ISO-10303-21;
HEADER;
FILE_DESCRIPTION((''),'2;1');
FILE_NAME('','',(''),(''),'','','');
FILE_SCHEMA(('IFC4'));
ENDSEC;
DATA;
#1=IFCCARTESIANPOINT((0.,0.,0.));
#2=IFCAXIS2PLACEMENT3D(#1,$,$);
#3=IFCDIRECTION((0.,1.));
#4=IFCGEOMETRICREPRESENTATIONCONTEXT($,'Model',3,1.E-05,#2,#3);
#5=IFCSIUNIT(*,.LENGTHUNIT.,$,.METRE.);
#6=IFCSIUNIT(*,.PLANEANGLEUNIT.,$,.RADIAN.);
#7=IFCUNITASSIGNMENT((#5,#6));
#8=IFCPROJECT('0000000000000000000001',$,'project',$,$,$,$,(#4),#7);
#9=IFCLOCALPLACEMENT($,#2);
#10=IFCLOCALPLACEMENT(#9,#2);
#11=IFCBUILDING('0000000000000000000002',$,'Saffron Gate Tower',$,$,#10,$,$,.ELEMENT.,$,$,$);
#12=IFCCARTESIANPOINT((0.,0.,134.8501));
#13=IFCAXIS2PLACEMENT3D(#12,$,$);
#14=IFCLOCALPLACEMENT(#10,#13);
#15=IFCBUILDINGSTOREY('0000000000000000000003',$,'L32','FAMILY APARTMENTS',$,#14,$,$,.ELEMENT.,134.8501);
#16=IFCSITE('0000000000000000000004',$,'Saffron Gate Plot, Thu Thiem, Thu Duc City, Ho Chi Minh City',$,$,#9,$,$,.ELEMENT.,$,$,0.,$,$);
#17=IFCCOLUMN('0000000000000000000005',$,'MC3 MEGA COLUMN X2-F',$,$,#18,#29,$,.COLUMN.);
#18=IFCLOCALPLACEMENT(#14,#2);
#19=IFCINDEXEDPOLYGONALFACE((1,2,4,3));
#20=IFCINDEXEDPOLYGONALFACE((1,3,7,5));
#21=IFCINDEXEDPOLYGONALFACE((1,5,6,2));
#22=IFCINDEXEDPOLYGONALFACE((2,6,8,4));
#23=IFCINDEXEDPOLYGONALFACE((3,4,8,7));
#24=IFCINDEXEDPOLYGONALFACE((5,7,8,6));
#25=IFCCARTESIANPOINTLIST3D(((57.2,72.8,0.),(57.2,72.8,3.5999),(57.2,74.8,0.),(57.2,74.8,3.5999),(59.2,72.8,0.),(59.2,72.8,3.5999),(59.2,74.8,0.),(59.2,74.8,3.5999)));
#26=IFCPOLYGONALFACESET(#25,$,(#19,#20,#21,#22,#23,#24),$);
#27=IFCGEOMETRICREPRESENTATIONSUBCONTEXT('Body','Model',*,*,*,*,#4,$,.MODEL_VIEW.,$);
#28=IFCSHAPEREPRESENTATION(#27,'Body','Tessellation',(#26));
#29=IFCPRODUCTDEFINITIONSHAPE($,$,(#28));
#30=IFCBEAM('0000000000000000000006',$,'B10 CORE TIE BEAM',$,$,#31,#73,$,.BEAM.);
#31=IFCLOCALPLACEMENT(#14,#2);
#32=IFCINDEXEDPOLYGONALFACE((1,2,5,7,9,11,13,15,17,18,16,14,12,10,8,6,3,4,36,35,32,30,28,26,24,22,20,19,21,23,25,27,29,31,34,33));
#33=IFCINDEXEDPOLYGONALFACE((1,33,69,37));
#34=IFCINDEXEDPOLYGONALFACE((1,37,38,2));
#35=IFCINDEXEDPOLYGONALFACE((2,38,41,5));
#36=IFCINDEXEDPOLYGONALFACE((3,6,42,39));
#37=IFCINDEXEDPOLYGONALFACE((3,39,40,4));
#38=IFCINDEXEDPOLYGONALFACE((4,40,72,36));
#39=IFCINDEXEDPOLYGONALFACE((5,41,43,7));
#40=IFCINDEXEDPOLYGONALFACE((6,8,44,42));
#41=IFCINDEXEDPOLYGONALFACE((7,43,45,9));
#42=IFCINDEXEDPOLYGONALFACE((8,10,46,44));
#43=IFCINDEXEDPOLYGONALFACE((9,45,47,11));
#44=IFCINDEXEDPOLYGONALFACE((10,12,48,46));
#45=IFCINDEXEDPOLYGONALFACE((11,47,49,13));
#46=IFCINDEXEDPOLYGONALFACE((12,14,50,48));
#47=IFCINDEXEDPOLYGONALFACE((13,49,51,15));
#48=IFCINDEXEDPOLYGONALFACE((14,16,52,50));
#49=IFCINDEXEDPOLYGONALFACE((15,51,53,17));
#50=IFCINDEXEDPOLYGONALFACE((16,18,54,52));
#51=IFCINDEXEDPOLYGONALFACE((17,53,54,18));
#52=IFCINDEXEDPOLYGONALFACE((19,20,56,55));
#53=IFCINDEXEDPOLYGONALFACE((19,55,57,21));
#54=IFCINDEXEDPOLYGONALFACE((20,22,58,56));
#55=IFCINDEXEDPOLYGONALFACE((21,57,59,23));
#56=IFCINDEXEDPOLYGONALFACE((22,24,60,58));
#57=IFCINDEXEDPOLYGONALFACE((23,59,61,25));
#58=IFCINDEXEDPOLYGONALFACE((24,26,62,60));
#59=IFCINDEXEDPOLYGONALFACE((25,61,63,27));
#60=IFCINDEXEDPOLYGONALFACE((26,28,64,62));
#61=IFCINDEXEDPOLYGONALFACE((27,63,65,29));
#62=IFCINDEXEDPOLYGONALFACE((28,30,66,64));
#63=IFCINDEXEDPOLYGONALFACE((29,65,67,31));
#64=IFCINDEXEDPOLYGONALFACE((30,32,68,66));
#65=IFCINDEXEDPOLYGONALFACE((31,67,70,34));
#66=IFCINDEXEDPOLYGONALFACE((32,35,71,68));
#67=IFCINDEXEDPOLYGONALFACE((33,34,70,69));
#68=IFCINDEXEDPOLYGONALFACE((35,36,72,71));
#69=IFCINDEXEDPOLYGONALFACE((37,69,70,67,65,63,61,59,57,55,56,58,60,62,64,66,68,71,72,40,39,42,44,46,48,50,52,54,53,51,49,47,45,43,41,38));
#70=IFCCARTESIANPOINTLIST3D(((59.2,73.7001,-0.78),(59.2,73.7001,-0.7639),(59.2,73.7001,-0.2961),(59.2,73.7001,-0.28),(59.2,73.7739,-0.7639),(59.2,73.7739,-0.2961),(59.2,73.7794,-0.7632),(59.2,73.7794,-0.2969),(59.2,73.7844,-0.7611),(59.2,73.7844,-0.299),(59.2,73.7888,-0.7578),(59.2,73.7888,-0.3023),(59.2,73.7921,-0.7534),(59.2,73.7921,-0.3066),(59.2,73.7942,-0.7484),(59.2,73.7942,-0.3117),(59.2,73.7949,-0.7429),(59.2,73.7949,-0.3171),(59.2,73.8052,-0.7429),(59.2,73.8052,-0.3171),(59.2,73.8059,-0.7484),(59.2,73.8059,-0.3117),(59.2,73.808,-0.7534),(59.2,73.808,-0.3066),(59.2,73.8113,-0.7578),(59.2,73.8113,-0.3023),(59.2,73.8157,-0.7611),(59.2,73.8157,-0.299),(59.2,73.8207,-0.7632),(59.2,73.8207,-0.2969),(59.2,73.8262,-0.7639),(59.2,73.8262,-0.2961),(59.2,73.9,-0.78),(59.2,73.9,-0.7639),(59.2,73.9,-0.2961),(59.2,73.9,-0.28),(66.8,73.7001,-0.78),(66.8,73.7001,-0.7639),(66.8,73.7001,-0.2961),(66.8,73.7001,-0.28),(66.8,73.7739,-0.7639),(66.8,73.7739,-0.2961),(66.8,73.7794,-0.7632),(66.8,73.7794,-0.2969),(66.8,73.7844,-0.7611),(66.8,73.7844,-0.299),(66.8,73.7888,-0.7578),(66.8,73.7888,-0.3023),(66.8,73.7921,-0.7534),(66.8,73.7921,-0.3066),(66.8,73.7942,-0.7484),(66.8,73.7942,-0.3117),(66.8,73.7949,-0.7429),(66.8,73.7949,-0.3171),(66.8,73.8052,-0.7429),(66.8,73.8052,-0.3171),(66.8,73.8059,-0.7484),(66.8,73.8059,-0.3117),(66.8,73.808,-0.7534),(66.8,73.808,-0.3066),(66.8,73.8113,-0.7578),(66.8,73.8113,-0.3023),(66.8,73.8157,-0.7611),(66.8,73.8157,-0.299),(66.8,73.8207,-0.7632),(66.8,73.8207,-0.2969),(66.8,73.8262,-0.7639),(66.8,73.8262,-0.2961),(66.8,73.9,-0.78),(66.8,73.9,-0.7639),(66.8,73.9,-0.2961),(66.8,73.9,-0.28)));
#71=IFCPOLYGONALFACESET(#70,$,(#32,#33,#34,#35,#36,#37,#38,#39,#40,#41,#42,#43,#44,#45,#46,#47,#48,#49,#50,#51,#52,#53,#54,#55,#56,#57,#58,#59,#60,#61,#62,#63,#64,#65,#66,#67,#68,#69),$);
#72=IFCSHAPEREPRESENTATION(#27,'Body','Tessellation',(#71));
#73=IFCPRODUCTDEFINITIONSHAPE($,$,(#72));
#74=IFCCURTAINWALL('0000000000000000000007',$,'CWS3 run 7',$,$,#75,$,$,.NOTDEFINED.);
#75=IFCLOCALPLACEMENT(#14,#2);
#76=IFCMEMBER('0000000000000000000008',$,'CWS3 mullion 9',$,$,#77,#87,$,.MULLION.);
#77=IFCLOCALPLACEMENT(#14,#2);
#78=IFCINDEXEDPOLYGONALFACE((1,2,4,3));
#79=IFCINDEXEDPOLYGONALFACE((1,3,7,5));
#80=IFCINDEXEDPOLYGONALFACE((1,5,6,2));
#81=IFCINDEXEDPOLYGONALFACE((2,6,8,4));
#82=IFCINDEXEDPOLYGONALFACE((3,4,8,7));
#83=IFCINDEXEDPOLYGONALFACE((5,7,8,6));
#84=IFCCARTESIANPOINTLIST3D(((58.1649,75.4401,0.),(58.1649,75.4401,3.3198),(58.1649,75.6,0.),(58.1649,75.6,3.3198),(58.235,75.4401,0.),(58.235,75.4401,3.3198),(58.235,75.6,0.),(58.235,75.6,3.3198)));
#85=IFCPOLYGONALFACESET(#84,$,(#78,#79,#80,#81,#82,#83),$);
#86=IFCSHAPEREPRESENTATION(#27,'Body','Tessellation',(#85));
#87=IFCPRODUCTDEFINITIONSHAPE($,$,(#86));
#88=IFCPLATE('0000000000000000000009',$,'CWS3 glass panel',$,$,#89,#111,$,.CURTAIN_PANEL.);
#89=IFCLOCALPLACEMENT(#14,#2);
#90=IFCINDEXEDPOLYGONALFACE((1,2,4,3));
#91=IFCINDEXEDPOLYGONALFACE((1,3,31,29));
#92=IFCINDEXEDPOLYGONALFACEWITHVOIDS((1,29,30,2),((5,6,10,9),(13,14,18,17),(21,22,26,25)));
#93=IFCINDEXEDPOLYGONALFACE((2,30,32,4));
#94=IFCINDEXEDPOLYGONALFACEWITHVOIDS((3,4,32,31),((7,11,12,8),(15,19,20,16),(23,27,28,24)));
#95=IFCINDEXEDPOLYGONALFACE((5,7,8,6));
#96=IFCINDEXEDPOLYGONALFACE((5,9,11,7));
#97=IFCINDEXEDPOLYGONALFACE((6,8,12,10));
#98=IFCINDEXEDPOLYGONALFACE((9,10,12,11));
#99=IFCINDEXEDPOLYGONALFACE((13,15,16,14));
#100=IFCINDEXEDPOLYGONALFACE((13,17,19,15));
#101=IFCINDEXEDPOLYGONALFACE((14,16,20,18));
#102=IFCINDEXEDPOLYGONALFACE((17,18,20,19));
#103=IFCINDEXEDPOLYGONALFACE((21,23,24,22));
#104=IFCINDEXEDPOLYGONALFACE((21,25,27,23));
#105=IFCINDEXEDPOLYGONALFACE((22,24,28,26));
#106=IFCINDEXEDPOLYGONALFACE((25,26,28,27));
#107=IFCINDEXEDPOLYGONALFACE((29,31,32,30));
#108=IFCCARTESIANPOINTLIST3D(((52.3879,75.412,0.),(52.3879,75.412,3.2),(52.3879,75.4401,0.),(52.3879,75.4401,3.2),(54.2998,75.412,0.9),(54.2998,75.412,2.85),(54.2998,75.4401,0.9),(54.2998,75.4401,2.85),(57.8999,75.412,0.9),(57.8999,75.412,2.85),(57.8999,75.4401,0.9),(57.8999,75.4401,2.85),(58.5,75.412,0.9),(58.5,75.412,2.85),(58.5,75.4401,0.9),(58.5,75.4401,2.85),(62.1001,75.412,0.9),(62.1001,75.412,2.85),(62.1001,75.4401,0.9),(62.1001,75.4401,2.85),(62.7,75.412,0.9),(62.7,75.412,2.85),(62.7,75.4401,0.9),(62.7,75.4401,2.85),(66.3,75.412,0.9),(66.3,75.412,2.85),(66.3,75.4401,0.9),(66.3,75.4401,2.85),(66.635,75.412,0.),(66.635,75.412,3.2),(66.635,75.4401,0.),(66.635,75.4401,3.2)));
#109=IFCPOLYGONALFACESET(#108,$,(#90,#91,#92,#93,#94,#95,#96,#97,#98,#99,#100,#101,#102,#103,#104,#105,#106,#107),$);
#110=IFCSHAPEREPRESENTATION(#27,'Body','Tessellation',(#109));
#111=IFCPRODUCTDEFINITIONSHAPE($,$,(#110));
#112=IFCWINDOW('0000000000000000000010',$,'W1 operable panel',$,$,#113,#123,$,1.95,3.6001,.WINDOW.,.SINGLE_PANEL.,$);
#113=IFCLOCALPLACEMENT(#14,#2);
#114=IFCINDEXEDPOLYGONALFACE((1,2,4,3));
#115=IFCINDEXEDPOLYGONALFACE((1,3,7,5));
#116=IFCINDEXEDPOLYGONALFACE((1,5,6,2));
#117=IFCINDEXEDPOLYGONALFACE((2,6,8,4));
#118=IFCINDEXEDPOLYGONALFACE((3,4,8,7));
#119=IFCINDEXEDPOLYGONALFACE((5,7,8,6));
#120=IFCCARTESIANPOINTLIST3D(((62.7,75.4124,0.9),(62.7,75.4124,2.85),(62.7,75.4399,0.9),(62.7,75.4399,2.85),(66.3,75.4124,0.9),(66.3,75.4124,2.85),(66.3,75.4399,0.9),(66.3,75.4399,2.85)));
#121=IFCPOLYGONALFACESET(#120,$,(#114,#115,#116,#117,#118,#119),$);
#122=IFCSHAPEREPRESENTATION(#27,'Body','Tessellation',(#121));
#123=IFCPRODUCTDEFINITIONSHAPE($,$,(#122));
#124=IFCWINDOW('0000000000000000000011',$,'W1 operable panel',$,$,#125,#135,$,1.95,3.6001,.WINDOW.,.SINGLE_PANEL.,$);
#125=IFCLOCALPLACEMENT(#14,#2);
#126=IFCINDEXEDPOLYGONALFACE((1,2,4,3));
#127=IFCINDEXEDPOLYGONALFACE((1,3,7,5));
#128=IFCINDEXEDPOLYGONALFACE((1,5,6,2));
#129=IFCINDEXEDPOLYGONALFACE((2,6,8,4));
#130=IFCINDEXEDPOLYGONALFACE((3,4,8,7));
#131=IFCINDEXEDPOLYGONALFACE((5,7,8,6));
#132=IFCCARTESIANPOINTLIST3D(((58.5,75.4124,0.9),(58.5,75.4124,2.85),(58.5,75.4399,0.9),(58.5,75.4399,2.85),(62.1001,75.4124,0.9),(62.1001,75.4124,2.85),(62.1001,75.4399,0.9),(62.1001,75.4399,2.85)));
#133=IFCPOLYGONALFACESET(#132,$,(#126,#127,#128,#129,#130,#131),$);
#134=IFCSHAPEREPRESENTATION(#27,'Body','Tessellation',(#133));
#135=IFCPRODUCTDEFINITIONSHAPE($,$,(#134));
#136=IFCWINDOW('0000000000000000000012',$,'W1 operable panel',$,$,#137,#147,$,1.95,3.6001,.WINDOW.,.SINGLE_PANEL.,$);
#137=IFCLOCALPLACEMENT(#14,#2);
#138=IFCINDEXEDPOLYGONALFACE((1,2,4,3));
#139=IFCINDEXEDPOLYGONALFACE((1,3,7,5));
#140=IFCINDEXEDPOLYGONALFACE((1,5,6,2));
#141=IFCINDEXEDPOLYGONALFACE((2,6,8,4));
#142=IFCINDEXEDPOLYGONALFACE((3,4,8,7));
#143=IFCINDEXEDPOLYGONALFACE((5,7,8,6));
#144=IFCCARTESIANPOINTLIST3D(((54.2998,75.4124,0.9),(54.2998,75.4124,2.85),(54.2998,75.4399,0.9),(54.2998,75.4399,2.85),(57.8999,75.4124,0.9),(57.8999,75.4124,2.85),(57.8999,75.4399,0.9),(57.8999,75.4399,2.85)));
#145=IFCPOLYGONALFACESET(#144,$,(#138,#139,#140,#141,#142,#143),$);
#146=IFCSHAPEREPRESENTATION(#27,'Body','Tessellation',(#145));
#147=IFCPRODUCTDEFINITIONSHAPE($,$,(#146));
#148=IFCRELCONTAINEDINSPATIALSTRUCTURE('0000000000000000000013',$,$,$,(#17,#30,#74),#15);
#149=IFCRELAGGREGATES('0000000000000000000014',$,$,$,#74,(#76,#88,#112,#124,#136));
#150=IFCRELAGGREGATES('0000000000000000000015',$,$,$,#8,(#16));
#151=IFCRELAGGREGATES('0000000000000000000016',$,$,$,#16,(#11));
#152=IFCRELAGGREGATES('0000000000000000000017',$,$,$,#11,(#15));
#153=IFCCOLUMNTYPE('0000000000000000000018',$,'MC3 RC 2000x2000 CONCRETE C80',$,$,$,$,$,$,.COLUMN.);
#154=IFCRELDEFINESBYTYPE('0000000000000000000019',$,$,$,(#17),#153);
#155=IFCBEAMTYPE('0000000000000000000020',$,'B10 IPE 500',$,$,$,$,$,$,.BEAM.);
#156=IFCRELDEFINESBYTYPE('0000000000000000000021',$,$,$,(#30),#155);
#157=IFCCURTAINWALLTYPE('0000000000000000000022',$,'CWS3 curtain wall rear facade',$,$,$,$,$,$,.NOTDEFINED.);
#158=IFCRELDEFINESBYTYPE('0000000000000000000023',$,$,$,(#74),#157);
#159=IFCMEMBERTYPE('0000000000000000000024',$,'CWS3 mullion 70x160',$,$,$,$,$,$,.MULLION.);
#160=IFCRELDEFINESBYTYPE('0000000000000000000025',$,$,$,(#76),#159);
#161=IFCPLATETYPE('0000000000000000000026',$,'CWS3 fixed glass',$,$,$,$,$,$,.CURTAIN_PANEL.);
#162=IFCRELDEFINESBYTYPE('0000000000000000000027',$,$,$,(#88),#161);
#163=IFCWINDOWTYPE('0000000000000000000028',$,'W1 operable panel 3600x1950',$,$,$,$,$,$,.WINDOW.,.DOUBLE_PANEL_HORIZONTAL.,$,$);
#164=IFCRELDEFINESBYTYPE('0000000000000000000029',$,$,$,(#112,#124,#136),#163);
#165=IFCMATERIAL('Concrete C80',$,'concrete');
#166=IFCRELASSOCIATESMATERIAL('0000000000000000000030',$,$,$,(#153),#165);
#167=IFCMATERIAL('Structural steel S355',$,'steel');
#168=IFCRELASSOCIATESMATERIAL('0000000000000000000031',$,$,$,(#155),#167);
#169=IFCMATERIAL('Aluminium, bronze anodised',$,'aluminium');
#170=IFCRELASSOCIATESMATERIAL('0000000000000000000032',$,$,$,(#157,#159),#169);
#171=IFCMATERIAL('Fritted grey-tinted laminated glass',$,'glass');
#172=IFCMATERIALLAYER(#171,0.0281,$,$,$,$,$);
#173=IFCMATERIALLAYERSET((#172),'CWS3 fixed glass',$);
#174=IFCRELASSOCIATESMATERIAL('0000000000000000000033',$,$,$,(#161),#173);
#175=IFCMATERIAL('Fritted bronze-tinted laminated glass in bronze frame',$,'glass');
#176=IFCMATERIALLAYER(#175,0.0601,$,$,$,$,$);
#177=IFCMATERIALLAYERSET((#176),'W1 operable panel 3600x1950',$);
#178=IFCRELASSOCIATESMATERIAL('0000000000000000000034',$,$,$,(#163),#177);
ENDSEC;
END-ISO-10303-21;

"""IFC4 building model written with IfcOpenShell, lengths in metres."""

from ifc_helpers import new_model, si_unit, direction, frame, frame_2d, origin, origin_2d, place, context, subcontext, project, spatial, rectangle, i_section, extrude, material, layer, layer_set, material_profile, profile_set, type_object, element, fill, aggregate, save


model = new_model("IFC4")

# Units and contexts
model_context = context("Model", 3, precision=1e-05, world=origin(), true_north=direction((0.0, 1.0)))
body_context = subcontext(model_context, "Body", "Model", "MODEL_VIEW")
ifc_project = project(units=[si_unit("LENGTHUNIT", "METRE"), si_unit("PLANEANGLEUNIT", "RADIAN")], contexts=[model_context])

# Site, building, storey
site_placement = place(None, origin())
site = spatial("IfcSite", under=ifc_project, at=site_placement, Name="Saffron Gate Plot, Thu Thiem, Thu Duc City, Ho Chi Minh City", CompositionType="ELEMENT", RefElevation=0.0)
building_placement = place(site_placement, origin())
building = spatial("IfcBuilding", under=site, at=building_placement, Name="Saffron Gate Tower", CompositionType="ELEMENT")
storey_placement = place(building_placement, frame((0.0, 0.0, 134.8501)))
storey = spatial("IfcBuildingStorey", under=building, at=storey_placement, Name="L32", Description="FAMILY APARTMENTS", CompositionType="ELEMENT", Elevation=134.8501)

# Column
ifc_material_1 = material(Name="Concrete C80", Category="concrete")
ifc_material_profile_1 = material_profile(ifc_material_1, rectangle(XDim=2.0, YDim=2.0, at=origin_2d()))
ifc_profile_set_1 = profile_set([ifc_material_profile_1], Name="Concrete C80")
column_type = type_object("IfcColumnType", Name="MC3 RC 2000x2000 CONCRETE C80", PredefinedType="COLUMN", material=ifc_profile_set_1)
column_placement = place(storey_placement, frame((58.2, 73.8, 0.0), z_axis=(0.0, 0.0, 1.0), x_axis=(1.0, 0.0, 0.0)))
element("IfcColumn", 1, at=column_placement, inside=storey, type_object=column_type, Name="MC3 MEGA COLUMN X2-F", PredefinedType="COLUMN", context=body_context, shape_type="SweptSolid", body=[
    extrude(rectangle(XDim=2.0, YDim=2.0, at=origin_2d()), origin(), (0.0, 0.0, 1.0), 3.5999),
])

# Beam
ifc_material_2 = material(Name="Structural steel S355", Category="steel")
ifc_material_profile_2 = material_profile(ifc_material_2, i_section(OverallWidth=0.2, OverallDepth=0.5, WebThickness=0.0103, FlangeThickness=0.0161, FilletRadius=0.021, at=origin_2d()))
ifc_profile_set_2 = profile_set([ifc_material_profile_2], Name="Structural steel S355")
beam_type = type_object("IfcBeamType", Name="B10 IPE 500", PredefinedType="BEAM", material=ifc_profile_set_2)
beam_placement = place(storey_placement, frame((59.2, 73.8, -0.53), z_axis=(1.0, 0.0, 0.0), x_axis=(0.0, 1.0, 0.0)))
element("IfcBeam", 2, at=beam_placement, inside=storey, type_object=beam_type, Name="B10 CORE TIE BEAM", PredefinedType="BEAM", context=body_context, shape_type="SweptSolid", body=[
    extrude(i_section(OverallWidth=0.2, OverallDepth=0.5, WebThickness=0.0103, FlangeThickness=0.0161, FilletRadius=0.021, at=origin_2d()), origin(), (0.0, 0.0, 1.0), 7.6001),
])

# Curtain wall, member, plate, openings, windows
ifc_material_3 = material(Name="Aluminium, bronze anodised", Category="aluminium")
curtain_wall_type = type_object("IfcCurtainWallType", Name="CWS3 curtain wall rear facade", PredefinedType="NOTDEFINED", material=ifc_material_3)
curtain_wall_placement = place(storey_placement, origin())
curtain_wall = element("IfcCurtainWall", 3, at=curtain_wall_placement, inside=storey, type_object=curtain_wall_type, Name="CWS3 run 7", PredefinedType="NOTDEFINED")
ifc_material_profile_3 = material_profile(ifc_material_3, rectangle(XDim=0.1599, YDim=0.0701, at=origin_2d()))
ifc_profile_set_3 = profile_set([ifc_material_profile_3], Name="Aluminium, bronze anodised")
member_type = type_object("IfcMemberType", Name="CWS3 mullion 70x160", PredefinedType="MULLION", material=ifc_profile_set_3)
member_placement = place(storey_placement, frame((58.2, 75.52, 0.0), z_axis=(0.0, 0.0, 1.0), x_axis=(0.0, -1.0, 0.0)))
member = element("IfcMember", 4, at=member_placement, type_object=member_type, Name="CWS3 mullion 9", PredefinedType="MULLION", context=body_context, shape_type="SweptSolid", body=[
    extrude(rectangle(XDim=0.1599, YDim=0.0701, at=origin_2d()), origin(), (0.0, 0.0, 1.0), 3.3198),
])
ifc_material_4 = material(Name="Fritted grey-tinted laminated glass", Category="glass")
ifc_layer_1 = layer(ifc_material_4, 0.0281)
ifc_layer_set_1 = layer_set([ifc_layer_1], Name="CWS3 fixed glass")
plate_type = type_object("IfcPlateType", Name="CWS3 fixed glass", PredefinedType="CURTAIN_PANEL", material=ifc_layer_set_1)
plate_placement = place(storey_placement, frame((66.635, 75.426, 0.0), z_axis=(0.0, 0.0, 1.0), x_axis=(-1.0, 0.0, 0.0)))
plate = element("IfcPlate", 5, at=plate_placement, type_object=plate_type, Name="CWS3 glass panel", PredefinedType="CURTAIN_PANEL", context=body_context, shape_type="SweptSolid", body=[
    extrude(rectangle(XDim=14.2471, YDim=0.0281, at=frame_2d((7.1235, 0.0))), origin(), (0.0, 0.0, 1.0), 3.2),
])
opening_1_placement = place(plate_placement, frame((0.335, 0.0, 0.8999)))
opening_1 = element("IfcOpeningElement", 6, at=opening_1_placement, cuts=plate, PredefinedType="OPENING", context=body_context, shape_type="SweptSolid", body=[
    extrude(rectangle(XDim=3.6001, YDim=1.95, at=frame_2d((1.8, 0.9751))), frame((0.0, 0.0239, 0.0), z_axis=(0.0, -1.0, 0.0), x_axis=(1.0, 0.0, 0.0)), (0.0, 0.0, 1.0), 0.0481),
])
opening_2_placement = place(plate_placement, frame((4.5349, 0.0, 0.8999)))
opening_2 = element("IfcOpeningElement", 7, at=opening_2_placement, cuts=plate, PredefinedType="OPENING", context=body_context, shape_type="SweptSolid", body=[
    extrude(rectangle(XDim=3.6001, YDim=1.95, at=frame_2d((1.8, 0.9751))), frame((0.0, 0.0239, 0.0), z_axis=(0.0, -1.0, 0.0), x_axis=(1.0, 0.0, 0.0)), (0.0, 0.0, 1.0), 0.0481),
])
opening_3_placement = place(plate_placement, frame((8.7351, 0.0, 0.8999)))
opening_3 = element("IfcOpeningElement", 8, at=opening_3_placement, cuts=plate, PredefinedType="OPENING", context=body_context, shape_type="SweptSolid", body=[
    extrude(rectangle(XDim=3.6001, YDim=1.95, at=frame_2d((1.8, 0.9751))), frame((0.0, 0.0239, 0.0), z_axis=(0.0, -1.0, 0.0), x_axis=(1.0, 0.0, 0.0)), (0.0, 0.0, 1.0), 0.0481),
])
ifc_material_5 = material(Name="Fritted bronze-tinted laminated glass in bronze frame", Category="glass")
ifc_layer_2 = layer(ifc_material_5, 0.0601)
ifc_layer_set_2 = layer_set([ifc_layer_2], Name="W1 operable panel 3600x1950")
window_type = type_object("IfcWindowType", Name="W1 operable panel 3600x1950", PartitioningType="DOUBLE_PANEL_HORIZONTAL", PredefinedType="WINDOW", material=ifc_layer_set_2)
window_1_placement = place(opening_1_placement, origin())
window_1 = element("IfcWindow", 9, at=window_1_placement, type_object=window_type, Name="W1 operable panel", OverallHeight=1.95, OverallWidth=3.6001, PartitioningType="SINGLE_PANEL", PredefinedType="WINDOW", context=body_context, shape_type="SweptSolid", body=[
    extrude(rectangle(XDim=3.6001, YDim=1.95, at=frame_2d((1.8, 0.9751))), frame((0.0, 0.0137, 0.0), z_axis=(0.0, -1.0, 0.0), x_axis=(1.0, 0.0, 0.0)), (0.0, 0.0, 1.0), 0.0276),
])
fill(opening_1, window_1)
window_2_placement = place(opening_2_placement, origin())
window_2 = element("IfcWindow", 10, at=window_2_placement, type_object=window_type, Name="W1 operable panel", OverallHeight=1.95, OverallWidth=3.6001, PartitioningType="SINGLE_PANEL", PredefinedType="WINDOW", context=body_context, shape_type="SweptSolid", body=[
    extrude(rectangle(XDim=3.6001, YDim=1.95, at=frame_2d((1.8, 0.9751))), frame((0.0, 0.0137, 0.0), z_axis=(0.0, -1.0, 0.0), x_axis=(1.0, 0.0, 0.0)), (0.0, 0.0, 1.0), 0.0276),
])
fill(opening_2, window_2)
window_3_placement = place(opening_3_placement, origin())
window_3 = element("IfcWindow", 11, at=window_3_placement, type_object=window_type, Name="W1 operable panel", OverallHeight=1.95, OverallWidth=3.6001, PartitioningType="SINGLE_PANEL", PredefinedType="WINDOW", context=body_context, shape_type="SweptSolid", body=[
    extrude(rectangle(XDim=3.6001, YDim=1.95, at=frame_2d((1.8, 0.9751))), frame((0.0, 0.0137, 0.0), z_axis=(0.0, -1.0, 0.0), x_axis=(1.0, 0.0, 0.0)), (0.0, 0.0, 1.0), 0.0276),
])
fill(opening_3, window_3)
aggregate(curtain_wall, [member, plate, window_1, window_2, window_3])

save(model, "model.ifc")
